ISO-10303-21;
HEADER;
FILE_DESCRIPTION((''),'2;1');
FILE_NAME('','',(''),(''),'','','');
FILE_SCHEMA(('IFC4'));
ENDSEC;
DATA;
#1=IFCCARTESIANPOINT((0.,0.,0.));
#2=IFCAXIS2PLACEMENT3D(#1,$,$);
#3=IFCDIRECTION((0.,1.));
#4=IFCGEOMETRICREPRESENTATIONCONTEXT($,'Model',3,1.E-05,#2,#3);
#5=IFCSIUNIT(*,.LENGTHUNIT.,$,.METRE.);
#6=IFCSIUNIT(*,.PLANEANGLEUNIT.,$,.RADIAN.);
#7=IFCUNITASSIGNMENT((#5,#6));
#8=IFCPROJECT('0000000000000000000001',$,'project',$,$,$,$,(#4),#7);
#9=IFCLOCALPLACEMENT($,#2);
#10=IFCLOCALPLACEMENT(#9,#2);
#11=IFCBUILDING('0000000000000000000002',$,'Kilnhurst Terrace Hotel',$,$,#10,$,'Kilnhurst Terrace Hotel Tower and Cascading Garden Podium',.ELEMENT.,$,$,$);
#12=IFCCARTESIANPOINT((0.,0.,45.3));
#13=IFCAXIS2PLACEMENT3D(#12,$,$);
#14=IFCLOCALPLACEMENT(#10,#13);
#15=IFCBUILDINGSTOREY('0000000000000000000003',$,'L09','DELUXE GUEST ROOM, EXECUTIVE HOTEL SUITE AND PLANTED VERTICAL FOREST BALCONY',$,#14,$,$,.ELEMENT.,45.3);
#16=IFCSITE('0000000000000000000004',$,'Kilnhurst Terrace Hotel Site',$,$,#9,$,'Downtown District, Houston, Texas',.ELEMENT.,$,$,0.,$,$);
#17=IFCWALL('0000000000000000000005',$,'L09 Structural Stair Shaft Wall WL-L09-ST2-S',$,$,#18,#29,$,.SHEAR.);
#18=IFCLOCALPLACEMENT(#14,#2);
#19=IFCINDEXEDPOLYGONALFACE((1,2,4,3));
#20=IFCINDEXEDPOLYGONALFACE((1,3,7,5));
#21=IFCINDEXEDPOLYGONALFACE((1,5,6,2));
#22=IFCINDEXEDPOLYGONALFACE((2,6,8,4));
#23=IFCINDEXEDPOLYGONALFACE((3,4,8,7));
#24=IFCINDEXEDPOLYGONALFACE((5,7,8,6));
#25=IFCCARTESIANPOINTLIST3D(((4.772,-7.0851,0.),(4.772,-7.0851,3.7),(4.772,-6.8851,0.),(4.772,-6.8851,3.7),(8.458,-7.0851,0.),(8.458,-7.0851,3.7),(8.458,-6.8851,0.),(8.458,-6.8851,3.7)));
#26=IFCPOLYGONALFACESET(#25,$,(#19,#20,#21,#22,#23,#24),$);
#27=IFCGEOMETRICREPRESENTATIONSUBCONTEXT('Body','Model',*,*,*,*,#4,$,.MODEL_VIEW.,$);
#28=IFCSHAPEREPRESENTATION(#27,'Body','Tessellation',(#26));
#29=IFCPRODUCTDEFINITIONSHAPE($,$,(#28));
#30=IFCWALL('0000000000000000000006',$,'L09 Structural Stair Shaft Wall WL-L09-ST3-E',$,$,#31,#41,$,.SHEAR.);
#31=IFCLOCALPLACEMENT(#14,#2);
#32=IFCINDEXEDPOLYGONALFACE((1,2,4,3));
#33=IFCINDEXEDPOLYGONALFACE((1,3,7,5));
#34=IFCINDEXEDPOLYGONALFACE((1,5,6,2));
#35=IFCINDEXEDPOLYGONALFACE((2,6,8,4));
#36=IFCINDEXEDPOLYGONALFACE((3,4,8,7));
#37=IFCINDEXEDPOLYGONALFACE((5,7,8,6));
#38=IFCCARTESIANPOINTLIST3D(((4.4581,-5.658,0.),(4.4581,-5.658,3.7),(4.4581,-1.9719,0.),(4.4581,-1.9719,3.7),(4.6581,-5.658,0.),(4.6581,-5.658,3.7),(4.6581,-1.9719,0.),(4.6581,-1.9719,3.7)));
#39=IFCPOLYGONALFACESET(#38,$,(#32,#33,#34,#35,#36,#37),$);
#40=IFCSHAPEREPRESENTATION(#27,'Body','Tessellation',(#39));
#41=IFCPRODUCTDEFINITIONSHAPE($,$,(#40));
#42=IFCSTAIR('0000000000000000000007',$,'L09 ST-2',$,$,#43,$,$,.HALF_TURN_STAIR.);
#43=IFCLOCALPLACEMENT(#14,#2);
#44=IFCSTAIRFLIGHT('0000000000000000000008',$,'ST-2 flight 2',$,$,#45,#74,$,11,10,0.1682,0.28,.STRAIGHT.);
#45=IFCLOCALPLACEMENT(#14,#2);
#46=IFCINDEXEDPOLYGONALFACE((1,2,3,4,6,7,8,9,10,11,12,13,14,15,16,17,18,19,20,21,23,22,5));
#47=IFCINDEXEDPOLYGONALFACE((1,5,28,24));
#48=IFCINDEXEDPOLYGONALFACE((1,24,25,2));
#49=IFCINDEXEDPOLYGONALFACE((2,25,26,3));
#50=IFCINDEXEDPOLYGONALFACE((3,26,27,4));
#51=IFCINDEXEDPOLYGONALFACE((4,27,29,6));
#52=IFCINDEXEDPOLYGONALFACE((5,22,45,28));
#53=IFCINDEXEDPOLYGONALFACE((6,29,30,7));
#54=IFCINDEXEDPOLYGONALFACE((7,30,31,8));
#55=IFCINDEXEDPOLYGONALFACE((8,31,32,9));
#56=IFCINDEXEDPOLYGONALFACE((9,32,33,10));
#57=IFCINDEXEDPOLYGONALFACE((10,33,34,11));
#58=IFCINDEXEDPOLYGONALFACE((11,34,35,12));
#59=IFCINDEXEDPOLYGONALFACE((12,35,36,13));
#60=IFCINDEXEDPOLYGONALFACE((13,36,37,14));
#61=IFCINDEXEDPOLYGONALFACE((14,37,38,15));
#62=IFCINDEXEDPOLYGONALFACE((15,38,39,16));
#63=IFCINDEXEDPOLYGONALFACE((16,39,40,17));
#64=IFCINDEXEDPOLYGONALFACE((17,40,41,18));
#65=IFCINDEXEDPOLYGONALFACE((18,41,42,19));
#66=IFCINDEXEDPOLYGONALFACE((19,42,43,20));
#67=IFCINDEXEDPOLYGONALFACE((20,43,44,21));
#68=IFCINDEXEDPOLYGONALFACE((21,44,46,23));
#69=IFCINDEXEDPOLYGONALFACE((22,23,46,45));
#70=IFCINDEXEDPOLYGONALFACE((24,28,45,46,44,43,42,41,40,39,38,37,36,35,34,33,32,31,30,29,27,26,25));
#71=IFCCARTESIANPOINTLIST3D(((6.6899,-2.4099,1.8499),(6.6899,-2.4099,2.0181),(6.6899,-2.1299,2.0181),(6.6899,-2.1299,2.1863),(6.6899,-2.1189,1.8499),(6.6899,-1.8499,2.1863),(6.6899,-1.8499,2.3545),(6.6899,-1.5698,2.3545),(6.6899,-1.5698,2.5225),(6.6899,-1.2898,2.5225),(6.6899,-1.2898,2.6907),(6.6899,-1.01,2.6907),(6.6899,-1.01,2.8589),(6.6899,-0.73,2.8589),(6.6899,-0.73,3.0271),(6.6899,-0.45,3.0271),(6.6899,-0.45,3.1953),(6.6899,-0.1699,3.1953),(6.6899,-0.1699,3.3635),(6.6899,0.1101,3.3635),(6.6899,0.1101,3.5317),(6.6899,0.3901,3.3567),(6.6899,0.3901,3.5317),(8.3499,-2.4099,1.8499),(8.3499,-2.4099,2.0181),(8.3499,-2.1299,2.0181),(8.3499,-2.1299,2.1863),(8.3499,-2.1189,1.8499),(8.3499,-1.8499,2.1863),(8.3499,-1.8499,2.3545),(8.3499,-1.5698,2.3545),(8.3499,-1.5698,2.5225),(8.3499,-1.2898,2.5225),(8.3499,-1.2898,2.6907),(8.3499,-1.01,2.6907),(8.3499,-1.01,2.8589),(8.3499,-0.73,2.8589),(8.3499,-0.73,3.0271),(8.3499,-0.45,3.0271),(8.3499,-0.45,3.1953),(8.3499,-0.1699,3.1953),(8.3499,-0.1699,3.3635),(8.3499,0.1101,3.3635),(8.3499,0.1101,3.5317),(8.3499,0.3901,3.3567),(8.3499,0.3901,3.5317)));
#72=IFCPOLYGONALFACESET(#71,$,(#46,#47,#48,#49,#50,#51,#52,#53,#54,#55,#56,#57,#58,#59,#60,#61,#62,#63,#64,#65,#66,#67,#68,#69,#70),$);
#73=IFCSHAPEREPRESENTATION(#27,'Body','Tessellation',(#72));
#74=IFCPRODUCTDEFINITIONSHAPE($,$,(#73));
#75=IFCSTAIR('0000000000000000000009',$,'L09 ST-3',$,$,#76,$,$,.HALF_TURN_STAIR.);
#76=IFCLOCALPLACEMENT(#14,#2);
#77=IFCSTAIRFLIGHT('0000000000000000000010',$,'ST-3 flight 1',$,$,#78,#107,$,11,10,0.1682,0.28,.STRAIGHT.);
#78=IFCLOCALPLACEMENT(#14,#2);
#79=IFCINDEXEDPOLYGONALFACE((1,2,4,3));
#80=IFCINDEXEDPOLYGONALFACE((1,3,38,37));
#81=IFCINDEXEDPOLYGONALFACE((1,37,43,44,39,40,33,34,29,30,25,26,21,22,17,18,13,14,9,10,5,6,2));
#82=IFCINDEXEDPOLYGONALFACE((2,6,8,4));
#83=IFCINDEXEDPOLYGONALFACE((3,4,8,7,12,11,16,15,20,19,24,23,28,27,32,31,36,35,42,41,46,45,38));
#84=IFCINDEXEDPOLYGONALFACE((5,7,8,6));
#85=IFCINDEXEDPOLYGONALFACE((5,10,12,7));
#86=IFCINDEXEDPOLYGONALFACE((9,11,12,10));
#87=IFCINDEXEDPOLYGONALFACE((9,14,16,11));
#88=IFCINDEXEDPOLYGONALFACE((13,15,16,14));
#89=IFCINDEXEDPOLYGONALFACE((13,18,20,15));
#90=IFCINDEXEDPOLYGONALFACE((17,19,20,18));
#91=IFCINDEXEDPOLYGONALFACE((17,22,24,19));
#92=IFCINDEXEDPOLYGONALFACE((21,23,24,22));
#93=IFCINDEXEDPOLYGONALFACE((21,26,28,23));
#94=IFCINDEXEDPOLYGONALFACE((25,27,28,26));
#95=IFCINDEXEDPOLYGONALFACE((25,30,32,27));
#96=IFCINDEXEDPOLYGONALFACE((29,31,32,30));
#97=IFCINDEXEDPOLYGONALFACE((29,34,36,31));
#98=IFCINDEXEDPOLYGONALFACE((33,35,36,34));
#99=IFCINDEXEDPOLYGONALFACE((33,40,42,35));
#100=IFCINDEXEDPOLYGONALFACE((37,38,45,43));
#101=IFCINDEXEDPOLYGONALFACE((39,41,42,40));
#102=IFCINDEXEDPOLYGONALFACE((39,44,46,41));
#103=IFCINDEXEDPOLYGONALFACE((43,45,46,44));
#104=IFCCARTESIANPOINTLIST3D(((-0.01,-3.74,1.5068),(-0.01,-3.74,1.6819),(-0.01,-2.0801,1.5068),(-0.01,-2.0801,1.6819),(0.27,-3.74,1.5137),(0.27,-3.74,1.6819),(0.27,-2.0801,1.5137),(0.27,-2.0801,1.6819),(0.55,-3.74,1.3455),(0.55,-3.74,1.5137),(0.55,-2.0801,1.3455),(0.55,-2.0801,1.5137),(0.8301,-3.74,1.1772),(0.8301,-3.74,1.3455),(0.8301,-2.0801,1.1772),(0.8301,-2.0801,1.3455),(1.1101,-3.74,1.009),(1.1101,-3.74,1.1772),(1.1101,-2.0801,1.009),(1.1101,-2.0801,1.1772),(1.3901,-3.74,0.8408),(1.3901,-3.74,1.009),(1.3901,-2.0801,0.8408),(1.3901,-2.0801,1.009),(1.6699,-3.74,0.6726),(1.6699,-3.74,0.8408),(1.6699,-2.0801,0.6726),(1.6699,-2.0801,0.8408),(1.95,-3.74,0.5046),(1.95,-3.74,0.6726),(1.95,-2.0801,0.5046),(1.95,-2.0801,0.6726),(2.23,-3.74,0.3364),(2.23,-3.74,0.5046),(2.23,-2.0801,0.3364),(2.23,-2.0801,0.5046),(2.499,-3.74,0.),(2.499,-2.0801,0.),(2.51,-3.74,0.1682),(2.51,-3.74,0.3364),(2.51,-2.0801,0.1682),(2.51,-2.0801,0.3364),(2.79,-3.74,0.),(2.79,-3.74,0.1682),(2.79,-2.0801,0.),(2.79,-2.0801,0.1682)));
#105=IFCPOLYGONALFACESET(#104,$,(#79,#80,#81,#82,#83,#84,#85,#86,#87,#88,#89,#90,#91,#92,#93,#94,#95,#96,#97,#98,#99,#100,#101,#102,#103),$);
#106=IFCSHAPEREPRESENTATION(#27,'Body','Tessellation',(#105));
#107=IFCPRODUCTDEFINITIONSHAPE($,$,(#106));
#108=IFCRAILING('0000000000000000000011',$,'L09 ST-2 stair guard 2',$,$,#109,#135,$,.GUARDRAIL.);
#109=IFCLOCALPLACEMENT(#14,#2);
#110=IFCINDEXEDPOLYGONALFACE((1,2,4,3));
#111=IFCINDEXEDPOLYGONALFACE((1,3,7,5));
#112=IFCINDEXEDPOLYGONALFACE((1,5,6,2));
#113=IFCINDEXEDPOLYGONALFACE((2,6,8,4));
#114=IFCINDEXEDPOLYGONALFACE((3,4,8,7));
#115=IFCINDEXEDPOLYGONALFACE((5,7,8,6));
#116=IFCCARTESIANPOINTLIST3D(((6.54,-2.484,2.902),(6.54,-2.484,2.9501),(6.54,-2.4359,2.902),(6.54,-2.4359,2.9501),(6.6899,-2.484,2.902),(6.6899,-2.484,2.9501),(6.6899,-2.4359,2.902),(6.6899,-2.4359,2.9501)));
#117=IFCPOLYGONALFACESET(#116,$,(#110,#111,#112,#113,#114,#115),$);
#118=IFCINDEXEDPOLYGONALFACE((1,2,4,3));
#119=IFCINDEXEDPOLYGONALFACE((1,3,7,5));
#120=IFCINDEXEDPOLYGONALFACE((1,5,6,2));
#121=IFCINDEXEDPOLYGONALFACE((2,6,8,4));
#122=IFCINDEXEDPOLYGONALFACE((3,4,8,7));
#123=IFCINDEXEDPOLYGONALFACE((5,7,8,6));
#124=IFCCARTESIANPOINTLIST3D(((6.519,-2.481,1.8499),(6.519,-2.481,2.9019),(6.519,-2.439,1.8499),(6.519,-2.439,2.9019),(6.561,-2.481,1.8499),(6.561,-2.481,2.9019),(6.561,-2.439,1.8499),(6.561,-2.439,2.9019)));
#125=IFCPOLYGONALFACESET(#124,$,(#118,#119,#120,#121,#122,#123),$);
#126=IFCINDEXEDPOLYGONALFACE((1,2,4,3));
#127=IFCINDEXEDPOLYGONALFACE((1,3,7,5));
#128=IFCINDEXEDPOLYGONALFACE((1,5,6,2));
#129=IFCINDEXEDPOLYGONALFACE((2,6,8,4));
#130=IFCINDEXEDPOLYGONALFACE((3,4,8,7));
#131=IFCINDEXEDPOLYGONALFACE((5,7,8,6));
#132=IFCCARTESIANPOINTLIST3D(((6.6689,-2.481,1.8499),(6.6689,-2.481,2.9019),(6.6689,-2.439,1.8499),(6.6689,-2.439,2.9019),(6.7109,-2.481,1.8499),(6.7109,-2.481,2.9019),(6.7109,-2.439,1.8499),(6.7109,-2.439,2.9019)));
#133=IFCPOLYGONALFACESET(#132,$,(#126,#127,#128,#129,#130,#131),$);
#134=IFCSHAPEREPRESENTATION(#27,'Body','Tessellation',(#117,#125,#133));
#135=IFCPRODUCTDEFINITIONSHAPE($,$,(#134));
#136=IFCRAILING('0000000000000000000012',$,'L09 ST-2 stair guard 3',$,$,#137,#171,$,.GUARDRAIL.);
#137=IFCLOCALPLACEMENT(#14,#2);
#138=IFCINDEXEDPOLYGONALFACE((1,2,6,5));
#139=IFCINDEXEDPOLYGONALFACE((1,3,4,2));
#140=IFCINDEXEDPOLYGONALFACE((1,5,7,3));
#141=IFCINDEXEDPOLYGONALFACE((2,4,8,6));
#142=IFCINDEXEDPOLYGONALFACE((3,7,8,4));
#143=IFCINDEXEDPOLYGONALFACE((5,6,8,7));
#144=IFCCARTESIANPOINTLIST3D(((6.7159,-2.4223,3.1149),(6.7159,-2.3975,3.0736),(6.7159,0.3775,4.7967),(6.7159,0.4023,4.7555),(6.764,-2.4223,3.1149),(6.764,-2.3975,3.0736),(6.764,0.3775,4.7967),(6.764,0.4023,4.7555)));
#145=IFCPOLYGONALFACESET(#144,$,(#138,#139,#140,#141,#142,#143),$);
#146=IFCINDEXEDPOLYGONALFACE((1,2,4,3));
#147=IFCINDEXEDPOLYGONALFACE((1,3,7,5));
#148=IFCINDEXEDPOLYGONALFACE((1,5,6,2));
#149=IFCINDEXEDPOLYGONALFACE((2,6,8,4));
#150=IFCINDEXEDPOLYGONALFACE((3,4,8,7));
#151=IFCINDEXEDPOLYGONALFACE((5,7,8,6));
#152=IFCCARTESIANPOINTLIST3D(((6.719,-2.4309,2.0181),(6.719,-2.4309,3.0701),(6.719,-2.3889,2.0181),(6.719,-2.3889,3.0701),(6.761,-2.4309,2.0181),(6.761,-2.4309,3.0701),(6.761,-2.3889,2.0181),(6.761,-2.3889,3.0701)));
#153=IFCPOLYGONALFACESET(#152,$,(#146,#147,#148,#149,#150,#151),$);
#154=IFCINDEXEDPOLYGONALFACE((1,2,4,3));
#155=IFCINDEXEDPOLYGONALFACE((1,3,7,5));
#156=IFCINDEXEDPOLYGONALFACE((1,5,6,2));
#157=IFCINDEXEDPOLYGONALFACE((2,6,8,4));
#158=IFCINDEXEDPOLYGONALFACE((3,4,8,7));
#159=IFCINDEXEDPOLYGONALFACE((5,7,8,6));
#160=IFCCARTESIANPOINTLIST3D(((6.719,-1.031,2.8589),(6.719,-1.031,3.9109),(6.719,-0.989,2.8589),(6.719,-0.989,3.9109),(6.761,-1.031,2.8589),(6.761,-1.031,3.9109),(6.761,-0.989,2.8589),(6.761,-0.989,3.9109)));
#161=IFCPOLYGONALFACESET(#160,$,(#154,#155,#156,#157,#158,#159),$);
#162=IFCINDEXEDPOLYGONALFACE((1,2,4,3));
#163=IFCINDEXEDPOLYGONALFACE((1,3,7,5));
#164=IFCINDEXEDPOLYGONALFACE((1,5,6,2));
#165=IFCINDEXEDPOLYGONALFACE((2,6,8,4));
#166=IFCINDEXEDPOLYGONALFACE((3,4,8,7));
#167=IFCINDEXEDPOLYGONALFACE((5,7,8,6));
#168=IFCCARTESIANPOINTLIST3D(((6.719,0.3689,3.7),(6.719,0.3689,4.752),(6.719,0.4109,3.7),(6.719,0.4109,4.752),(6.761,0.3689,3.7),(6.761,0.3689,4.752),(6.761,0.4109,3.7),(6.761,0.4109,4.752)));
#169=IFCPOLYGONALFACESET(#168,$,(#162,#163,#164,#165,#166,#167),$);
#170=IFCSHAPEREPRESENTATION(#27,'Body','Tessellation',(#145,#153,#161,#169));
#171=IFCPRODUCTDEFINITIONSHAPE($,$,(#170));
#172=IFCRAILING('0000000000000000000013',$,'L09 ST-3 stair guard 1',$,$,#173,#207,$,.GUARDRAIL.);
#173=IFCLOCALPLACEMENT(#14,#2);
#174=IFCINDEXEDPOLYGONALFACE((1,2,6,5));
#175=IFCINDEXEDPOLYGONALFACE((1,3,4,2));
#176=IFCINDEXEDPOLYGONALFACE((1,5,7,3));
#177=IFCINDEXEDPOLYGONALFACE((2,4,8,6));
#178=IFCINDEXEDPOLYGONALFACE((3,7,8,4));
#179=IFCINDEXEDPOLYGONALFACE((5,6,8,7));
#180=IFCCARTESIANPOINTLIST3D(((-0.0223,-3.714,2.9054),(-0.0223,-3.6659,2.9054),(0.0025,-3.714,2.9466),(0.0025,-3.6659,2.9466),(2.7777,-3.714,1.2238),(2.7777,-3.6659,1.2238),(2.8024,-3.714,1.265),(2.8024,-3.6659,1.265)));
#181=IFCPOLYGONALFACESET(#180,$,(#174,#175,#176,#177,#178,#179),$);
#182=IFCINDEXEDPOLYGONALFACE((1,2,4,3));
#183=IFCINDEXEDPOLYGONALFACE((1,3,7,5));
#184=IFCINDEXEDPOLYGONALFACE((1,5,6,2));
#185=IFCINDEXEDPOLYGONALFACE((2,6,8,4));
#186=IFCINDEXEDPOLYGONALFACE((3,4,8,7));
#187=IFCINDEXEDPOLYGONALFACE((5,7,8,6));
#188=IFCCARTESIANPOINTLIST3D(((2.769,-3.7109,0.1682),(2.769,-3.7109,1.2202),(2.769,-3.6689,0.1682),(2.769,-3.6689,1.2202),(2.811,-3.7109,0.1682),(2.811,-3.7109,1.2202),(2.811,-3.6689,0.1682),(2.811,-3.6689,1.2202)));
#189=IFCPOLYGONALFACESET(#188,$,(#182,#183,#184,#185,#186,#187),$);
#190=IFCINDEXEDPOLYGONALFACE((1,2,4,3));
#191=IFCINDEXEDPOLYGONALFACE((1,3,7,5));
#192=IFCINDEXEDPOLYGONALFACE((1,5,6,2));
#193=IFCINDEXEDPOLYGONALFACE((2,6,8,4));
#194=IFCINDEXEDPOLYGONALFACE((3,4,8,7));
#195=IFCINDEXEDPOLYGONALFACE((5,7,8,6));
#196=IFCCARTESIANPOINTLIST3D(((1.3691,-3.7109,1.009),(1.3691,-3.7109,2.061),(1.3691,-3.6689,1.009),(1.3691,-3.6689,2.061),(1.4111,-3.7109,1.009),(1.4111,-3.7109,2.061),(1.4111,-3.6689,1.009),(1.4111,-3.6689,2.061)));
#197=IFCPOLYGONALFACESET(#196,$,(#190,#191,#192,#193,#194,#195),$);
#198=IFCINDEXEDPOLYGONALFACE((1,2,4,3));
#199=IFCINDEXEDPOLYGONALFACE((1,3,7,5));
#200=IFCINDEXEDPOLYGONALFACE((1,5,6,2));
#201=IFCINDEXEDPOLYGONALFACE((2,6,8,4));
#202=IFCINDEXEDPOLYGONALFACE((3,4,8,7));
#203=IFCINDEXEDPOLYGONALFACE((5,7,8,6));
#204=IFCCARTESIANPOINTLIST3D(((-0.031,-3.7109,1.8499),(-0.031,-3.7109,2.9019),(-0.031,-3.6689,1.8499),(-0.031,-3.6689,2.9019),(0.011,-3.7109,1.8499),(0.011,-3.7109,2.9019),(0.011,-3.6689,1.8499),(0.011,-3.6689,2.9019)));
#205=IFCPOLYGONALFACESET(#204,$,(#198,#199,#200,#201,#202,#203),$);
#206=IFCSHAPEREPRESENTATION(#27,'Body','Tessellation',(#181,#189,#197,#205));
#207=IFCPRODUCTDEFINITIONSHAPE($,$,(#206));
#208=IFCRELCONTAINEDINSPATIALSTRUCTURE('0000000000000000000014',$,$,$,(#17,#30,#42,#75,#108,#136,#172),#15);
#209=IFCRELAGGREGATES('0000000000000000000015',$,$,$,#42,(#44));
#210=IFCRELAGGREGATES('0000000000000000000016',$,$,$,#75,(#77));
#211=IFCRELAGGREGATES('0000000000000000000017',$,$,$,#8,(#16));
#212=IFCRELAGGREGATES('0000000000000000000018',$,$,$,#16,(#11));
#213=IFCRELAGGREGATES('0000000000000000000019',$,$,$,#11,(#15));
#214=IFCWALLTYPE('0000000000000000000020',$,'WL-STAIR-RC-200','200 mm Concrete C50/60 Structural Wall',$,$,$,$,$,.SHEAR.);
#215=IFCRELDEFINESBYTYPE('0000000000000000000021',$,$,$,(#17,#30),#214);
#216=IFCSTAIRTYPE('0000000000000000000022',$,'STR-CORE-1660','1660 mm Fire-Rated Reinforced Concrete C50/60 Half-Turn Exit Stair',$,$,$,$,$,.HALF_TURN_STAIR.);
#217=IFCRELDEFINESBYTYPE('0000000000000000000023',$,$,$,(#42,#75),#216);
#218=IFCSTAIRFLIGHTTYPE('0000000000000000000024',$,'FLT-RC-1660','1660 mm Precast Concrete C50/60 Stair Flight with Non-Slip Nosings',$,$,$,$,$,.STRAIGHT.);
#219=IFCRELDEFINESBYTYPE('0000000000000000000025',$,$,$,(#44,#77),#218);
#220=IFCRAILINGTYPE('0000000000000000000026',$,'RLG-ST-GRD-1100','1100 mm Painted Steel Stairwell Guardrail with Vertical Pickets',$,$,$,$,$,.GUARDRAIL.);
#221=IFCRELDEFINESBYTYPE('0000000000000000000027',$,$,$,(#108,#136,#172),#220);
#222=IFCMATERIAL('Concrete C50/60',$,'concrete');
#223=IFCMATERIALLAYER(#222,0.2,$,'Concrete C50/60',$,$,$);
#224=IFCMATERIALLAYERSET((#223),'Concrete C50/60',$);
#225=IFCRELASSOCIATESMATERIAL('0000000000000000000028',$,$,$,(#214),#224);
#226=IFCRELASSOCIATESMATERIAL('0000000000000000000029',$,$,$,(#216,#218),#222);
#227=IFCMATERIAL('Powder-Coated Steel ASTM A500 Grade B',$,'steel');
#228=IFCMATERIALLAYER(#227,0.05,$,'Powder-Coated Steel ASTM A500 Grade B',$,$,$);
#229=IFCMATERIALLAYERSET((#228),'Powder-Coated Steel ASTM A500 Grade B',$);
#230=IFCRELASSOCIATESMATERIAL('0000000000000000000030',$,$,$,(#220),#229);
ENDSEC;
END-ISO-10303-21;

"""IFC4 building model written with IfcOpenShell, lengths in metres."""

from ifc_helpers import new_model, si_unit, direction, frame, frame_2d, origin, origin_2d, place, context, subcontext, project, spatial, polyline, rectangle, outline, extrude, material, layer, layer_set, type_object, element, aggregate, save


model = new_model("IFC4")

# Units and contexts
model_context = context("Model", 3, precision=1e-05, world=origin(), true_north=direction((0.0, 1.0)))
body_context = subcontext(model_context, "Body", "Model", "MODEL_VIEW")
ifc_project = project(units=[si_unit("LENGTHUNIT", "METRE"), si_unit("PLANEANGLEUNIT", "RADIAN")], contexts=[model_context])

# Site, building, storey
site_placement = place(None, origin())
site = spatial("IfcSite", under=ifc_project, at=site_placement, Name="Kilnhurst Terrace Hotel Site", LongName="Downtown District, Houston, Texas", CompositionType="ELEMENT", RefElevation=0.0)
building_placement = place(site_placement, origin())
building = spatial("IfcBuilding", under=site, at=building_placement, Name="Kilnhurst Terrace Hotel", LongName="Kilnhurst Terrace Hotel Tower and Cascading Garden Podium", CompositionType="ELEMENT")
storey_placement = place(building_placement, frame((0.0, 0.0, 45.3)))
storey = spatial("IfcBuildingStorey", under=building, at=storey_placement, Name="L09", Description="DELUXE GUEST ROOM, EXECUTIVE HOTEL SUITE AND PLANTED VERTICAL FOREST BALCONY", CompositionType="ELEMENT", Elevation=45.3)

# Shared definitions
ifc_material_1 = material(Name="Concrete C50/60", Category="concrete")

# Walls
ifc_layer_1 = layer(ifc_material_1, 0.2, Name="Concrete C50/60")
ifc_layer_set_1 = layer_set([ifc_layer_1], Name="Concrete C50/60")
wall_type_1 = type_object("IfcWallType", Name="WL-STAIR-RC-200", Description="200 mm Concrete C50/60 Structural Wall", PredefinedType="SHEAR", material=ifc_layer_set_1)
for number, where, z_axis, x_axis, name in (
    (1, (4.772, -6.9851, 0.0), (0.0, 0.0, 1.0), (1.0, 0.0, 0.0), "L09 Structural Stair Shaft Wall WL-L09-ST2-S"),
    (2, (4.5581, -5.658, 0.0), (0.0, 0.0, 1.0), (0.0, 1.0, 0.0), "L09 Structural Stair Shaft Wall WL-L09-ST3-E"),
):
    element("IfcWall", number, at=place(storey_placement, frame(where, z_axis=z_axis, x_axis=x_axis)), inside=storey, type_object=wall_type_1, Name=name, PredefinedType="SHEAR", context=body_context, shape_type="SweptSolid", body=[
        extrude(rectangle(XDim=3.686, YDim=0.2, at=frame_2d((1.843, 0.0))), origin(), (0.0, 0.0, 1.0), 3.7),
    ])

# Stairs, stair flights
stair_type = type_object("IfcStairType", Name="STR-CORE-1660", Description="1660 mm Fire-Rated Reinforced Concrete C50/60 Half-Turn Exit Stair", PredefinedType="HALF_TURN_STAIR", material=ifc_material_1)
stair_1_placement = place(storey_placement, origin())
stair_1 = element("IfcStair", 3, at=stair_1_placement, inside=storey, type_object=stair_type, Name="L09 ST-2", PredefinedType="HALF_TURN_STAIR")
stair_flight_type = type_object("IfcStairFlightType", Name="FLT-RC-1660", Description="1660 mm Precast Concrete C50/60 Stair Flight with Non-Slip Nosings", PredefinedType="STRAIGHT", material=ifc_material_1)
stair_flight_1_placement = place(storey_placement, frame((7.52, -2.4099, 1.8499), z_axis=(0.0, 0.0, 1.0), x_axis=(0.0, 1.0, 0.0)))
stair_flight_1 = element("IfcStairFlight", 4, at=stair_flight_1_placement, type_object=stair_flight_type, Name="ST-2 flight 2", NumberOfRisers=11, NumberOfTreads=10, PredefinedType="STRAIGHT", RiserHeight=0.1682, TreadLength=0.28, context=body_context, shape_type="SweptSolid", body=[
    extrude(outline(polyline([(0.0, 0.0), (0.0, 0.1682), (0.28, 0.1682), (0.28, 0.3364), (0.5601, 0.3364), (0.5601, 0.5046), (0.8401, 0.5046), (0.8401, 0.6726), (1.1201, 0.6726), (1.1201, 0.8408), (1.3999, 0.8408), (1.3999, 1.009), (1.6799, 1.009), (1.6799, 1.1772), (1.96, 1.1772), (1.96, 1.3455), (2.24, 1.3455), (2.24, 1.5137), (2.52, 1.5137), (2.52, 1.6819), (2.8, 1.6819), (2.8, 1.8501), (2.8, 1.5068), (0.291, 0.0), (0.0, 0.0)])), frame((0.0, 0.8301, 0.0), z_axis=(0.0, -1.0, 0.0), x_axis=(1.0, 0.0, 0.0)), (0.0, 0.0, 1.0), 1.6599),
])
aggregate(stair_1, [stair_flight_1])
stair_2_placement = place(storey_placement, origin())
stair_2 = element("IfcStair", 5, at=stair_2_placement, inside=storey, type_object=stair_type, Name="L09 ST-3", PredefinedType="HALF_TURN_STAIR")
stair_flight_2_placement = place(storey_placement, frame((2.79, -2.9099, 0.0), z_axis=(0.0, 0.0, 1.0), x_axis=(-1.0, 0.0, 0.0)))
stair_flight_2 = element("IfcStairFlight", 6, at=stair_flight_2_placement, type_object=stair_flight_type, Name="ST-3 flight 1", NumberOfRisers=11, NumberOfTreads=10, PredefinedType="STRAIGHT", RiserHeight=0.1682, TreadLength=0.28, context=body_context, shape_type="SweptSolid", body=[
    extrude(outline(polyline([(0.0, 0.0), (0.0, 0.1682), (0.28, 0.1682), (0.28, 0.3364), (0.5601, 0.3364), (0.5601, 0.5046), (0.8401, 0.5046), (0.8401, 0.6726), (1.1201, 0.6726), (1.1201, 0.8408), (1.3999, 0.8408), (1.3999, 1.009), (1.6799, 1.009), (1.6799, 1.1772), (1.96, 1.1772), (1.96, 1.3455), (2.24, 1.3455), (2.24, 1.5137), (2.52, 1.5137), (2.52, 1.6819), (2.8, 1.6819), (2.8, 1.8501), (2.8, 1.5068), (0.291, 0.0), (0.0, 0.0)])), frame((0.0, 0.8301, 0.0), z_axis=(0.0, -1.0, 0.0), x_axis=(1.0, 0.0, 0.0)), (0.0, 0.0, 1.0), 1.6599),
])
aggregate(stair_2, [stair_flight_2])

# Railings
ifc_material_2 = material(Name="Powder-Coated Steel ASTM A500 Grade B", Category="steel")
ifc_layer_2 = layer(ifc_material_2, 0.05, Name="Powder-Coated Steel ASTM A500 Grade B")
ifc_layer_set_2 = layer_set([ifc_layer_2], Name="Powder-Coated Steel ASTM A500 Grade B")
railing_type_1 = type_object("IfcRailingType", Name="RLG-ST-GRD-1100", Description="1100 mm Painted Steel Stairwell Guardrail with Vertical Pickets", PredefinedType="GUARDRAIL", material=ifc_layer_set_2)
railing_1_placement = place(storey_placement, frame((6.54, -2.46, 1.8499)))
element("IfcRailing", 7, at=railing_1_placement, inside=storey, type_object=railing_type_1, Name="L09 ST-2 stair guard 2", PredefinedType="GUARDRAIL", context=body_context, shape_type="SweptSolid", body=[
    extrude(rectangle(XDim=0.0481, YDim=0.0481, at=origin_2d()), frame((0.0, 0.0, 1.0762), z_axis=(1.0, 0.0, 0.0), x_axis=(0.0, 1.0, 0.0)), (0.0, 0.0, 1.0), 0.1499),
    extrude(rectangle(XDim=0.042, YDim=0.042, at=origin_2d()), origin(), (0.0, 0.0, 1.0), 1.052),
    extrude(rectangle(XDim=0.042, YDim=0.042, at=origin_2d()), frame((0.1499, 0.0, 0.0)), (0.0, 0.0, 1.0), 1.052),
])
railing_2_placement = place(storey_placement, frame((6.74, -2.4099, 2.0181)))
element("IfcRailing", 8, at=railing_2_placement, inside=storey, type_object=railing_type_1, Name="L09 ST-2 stair guard 3", PredefinedType="GUARDRAIL", context=body_context, shape_type="SweptSolid", body=[
    extrude(rectangle(XDim=0.0481, YDim=0.0481, at=origin_2d()), frame((0.0, 0.0, 1.0762), z_axis=(0.0, 0.857222, 0.514946), x_axis=(-1.0, 0.0, 0.0)), (0.0, 0.0, 1.0), 3.2661),
    extrude(rectangle(XDim=0.042, YDim=0.042, at=origin_2d()), origin(), (0.0, 0.0, 1.0), 1.052),
    extrude(rectangle(XDim=0.042, YDim=0.042, at=origin_2d()), frame((0.0, 1.3999, 0.8408)), (0.0, 0.0, 1.0), 1.052),
    extrude(rectangle(XDim=0.042, YDim=0.042, at=origin_2d()), frame((0.0, 2.7998, 1.6819)), (0.0, 0.0, 1.0), 1.052),
])
railing_3_placement = place(storey_placement, frame((2.79, -3.6899, 0.1682)))
element("IfcRailing", 9, at=railing_3_placement, inside=storey, type_object=railing_type_1, Name="L09 ST-3 stair guard 1", PredefinedType="GUARDRAIL", context=body_context, shape_type="SweptSolid", body=[
    extrude(rectangle(XDim=0.0481, YDim=0.0481, at=origin_2d()), frame((0.0, 0.0, 1.0762), z_axis=(-0.857275, 0.0, 0.514858), x_axis=(0.0, -1.0, 0.0)), (0.0, 0.0, 1.0), 3.2661),
    extrude(rectangle(XDim=0.042, YDim=0.042, at=origin_2d()), origin(), (0.0, 0.0, 1.0), 1.052),
    extrude(rectangle(XDim=0.042, YDim=0.042, at=origin_2d()), frame((-1.3999, 0.0, 0.8408)), (0.0, 0.0, 1.0), 1.052),
    extrude(rectangle(XDim=0.042, YDim=0.042, at=origin_2d()), frame((-2.8, 0.0, 1.6816)), (0.0, 0.0, 1.0), 1.052),
])

save(model, "model.ifc")
